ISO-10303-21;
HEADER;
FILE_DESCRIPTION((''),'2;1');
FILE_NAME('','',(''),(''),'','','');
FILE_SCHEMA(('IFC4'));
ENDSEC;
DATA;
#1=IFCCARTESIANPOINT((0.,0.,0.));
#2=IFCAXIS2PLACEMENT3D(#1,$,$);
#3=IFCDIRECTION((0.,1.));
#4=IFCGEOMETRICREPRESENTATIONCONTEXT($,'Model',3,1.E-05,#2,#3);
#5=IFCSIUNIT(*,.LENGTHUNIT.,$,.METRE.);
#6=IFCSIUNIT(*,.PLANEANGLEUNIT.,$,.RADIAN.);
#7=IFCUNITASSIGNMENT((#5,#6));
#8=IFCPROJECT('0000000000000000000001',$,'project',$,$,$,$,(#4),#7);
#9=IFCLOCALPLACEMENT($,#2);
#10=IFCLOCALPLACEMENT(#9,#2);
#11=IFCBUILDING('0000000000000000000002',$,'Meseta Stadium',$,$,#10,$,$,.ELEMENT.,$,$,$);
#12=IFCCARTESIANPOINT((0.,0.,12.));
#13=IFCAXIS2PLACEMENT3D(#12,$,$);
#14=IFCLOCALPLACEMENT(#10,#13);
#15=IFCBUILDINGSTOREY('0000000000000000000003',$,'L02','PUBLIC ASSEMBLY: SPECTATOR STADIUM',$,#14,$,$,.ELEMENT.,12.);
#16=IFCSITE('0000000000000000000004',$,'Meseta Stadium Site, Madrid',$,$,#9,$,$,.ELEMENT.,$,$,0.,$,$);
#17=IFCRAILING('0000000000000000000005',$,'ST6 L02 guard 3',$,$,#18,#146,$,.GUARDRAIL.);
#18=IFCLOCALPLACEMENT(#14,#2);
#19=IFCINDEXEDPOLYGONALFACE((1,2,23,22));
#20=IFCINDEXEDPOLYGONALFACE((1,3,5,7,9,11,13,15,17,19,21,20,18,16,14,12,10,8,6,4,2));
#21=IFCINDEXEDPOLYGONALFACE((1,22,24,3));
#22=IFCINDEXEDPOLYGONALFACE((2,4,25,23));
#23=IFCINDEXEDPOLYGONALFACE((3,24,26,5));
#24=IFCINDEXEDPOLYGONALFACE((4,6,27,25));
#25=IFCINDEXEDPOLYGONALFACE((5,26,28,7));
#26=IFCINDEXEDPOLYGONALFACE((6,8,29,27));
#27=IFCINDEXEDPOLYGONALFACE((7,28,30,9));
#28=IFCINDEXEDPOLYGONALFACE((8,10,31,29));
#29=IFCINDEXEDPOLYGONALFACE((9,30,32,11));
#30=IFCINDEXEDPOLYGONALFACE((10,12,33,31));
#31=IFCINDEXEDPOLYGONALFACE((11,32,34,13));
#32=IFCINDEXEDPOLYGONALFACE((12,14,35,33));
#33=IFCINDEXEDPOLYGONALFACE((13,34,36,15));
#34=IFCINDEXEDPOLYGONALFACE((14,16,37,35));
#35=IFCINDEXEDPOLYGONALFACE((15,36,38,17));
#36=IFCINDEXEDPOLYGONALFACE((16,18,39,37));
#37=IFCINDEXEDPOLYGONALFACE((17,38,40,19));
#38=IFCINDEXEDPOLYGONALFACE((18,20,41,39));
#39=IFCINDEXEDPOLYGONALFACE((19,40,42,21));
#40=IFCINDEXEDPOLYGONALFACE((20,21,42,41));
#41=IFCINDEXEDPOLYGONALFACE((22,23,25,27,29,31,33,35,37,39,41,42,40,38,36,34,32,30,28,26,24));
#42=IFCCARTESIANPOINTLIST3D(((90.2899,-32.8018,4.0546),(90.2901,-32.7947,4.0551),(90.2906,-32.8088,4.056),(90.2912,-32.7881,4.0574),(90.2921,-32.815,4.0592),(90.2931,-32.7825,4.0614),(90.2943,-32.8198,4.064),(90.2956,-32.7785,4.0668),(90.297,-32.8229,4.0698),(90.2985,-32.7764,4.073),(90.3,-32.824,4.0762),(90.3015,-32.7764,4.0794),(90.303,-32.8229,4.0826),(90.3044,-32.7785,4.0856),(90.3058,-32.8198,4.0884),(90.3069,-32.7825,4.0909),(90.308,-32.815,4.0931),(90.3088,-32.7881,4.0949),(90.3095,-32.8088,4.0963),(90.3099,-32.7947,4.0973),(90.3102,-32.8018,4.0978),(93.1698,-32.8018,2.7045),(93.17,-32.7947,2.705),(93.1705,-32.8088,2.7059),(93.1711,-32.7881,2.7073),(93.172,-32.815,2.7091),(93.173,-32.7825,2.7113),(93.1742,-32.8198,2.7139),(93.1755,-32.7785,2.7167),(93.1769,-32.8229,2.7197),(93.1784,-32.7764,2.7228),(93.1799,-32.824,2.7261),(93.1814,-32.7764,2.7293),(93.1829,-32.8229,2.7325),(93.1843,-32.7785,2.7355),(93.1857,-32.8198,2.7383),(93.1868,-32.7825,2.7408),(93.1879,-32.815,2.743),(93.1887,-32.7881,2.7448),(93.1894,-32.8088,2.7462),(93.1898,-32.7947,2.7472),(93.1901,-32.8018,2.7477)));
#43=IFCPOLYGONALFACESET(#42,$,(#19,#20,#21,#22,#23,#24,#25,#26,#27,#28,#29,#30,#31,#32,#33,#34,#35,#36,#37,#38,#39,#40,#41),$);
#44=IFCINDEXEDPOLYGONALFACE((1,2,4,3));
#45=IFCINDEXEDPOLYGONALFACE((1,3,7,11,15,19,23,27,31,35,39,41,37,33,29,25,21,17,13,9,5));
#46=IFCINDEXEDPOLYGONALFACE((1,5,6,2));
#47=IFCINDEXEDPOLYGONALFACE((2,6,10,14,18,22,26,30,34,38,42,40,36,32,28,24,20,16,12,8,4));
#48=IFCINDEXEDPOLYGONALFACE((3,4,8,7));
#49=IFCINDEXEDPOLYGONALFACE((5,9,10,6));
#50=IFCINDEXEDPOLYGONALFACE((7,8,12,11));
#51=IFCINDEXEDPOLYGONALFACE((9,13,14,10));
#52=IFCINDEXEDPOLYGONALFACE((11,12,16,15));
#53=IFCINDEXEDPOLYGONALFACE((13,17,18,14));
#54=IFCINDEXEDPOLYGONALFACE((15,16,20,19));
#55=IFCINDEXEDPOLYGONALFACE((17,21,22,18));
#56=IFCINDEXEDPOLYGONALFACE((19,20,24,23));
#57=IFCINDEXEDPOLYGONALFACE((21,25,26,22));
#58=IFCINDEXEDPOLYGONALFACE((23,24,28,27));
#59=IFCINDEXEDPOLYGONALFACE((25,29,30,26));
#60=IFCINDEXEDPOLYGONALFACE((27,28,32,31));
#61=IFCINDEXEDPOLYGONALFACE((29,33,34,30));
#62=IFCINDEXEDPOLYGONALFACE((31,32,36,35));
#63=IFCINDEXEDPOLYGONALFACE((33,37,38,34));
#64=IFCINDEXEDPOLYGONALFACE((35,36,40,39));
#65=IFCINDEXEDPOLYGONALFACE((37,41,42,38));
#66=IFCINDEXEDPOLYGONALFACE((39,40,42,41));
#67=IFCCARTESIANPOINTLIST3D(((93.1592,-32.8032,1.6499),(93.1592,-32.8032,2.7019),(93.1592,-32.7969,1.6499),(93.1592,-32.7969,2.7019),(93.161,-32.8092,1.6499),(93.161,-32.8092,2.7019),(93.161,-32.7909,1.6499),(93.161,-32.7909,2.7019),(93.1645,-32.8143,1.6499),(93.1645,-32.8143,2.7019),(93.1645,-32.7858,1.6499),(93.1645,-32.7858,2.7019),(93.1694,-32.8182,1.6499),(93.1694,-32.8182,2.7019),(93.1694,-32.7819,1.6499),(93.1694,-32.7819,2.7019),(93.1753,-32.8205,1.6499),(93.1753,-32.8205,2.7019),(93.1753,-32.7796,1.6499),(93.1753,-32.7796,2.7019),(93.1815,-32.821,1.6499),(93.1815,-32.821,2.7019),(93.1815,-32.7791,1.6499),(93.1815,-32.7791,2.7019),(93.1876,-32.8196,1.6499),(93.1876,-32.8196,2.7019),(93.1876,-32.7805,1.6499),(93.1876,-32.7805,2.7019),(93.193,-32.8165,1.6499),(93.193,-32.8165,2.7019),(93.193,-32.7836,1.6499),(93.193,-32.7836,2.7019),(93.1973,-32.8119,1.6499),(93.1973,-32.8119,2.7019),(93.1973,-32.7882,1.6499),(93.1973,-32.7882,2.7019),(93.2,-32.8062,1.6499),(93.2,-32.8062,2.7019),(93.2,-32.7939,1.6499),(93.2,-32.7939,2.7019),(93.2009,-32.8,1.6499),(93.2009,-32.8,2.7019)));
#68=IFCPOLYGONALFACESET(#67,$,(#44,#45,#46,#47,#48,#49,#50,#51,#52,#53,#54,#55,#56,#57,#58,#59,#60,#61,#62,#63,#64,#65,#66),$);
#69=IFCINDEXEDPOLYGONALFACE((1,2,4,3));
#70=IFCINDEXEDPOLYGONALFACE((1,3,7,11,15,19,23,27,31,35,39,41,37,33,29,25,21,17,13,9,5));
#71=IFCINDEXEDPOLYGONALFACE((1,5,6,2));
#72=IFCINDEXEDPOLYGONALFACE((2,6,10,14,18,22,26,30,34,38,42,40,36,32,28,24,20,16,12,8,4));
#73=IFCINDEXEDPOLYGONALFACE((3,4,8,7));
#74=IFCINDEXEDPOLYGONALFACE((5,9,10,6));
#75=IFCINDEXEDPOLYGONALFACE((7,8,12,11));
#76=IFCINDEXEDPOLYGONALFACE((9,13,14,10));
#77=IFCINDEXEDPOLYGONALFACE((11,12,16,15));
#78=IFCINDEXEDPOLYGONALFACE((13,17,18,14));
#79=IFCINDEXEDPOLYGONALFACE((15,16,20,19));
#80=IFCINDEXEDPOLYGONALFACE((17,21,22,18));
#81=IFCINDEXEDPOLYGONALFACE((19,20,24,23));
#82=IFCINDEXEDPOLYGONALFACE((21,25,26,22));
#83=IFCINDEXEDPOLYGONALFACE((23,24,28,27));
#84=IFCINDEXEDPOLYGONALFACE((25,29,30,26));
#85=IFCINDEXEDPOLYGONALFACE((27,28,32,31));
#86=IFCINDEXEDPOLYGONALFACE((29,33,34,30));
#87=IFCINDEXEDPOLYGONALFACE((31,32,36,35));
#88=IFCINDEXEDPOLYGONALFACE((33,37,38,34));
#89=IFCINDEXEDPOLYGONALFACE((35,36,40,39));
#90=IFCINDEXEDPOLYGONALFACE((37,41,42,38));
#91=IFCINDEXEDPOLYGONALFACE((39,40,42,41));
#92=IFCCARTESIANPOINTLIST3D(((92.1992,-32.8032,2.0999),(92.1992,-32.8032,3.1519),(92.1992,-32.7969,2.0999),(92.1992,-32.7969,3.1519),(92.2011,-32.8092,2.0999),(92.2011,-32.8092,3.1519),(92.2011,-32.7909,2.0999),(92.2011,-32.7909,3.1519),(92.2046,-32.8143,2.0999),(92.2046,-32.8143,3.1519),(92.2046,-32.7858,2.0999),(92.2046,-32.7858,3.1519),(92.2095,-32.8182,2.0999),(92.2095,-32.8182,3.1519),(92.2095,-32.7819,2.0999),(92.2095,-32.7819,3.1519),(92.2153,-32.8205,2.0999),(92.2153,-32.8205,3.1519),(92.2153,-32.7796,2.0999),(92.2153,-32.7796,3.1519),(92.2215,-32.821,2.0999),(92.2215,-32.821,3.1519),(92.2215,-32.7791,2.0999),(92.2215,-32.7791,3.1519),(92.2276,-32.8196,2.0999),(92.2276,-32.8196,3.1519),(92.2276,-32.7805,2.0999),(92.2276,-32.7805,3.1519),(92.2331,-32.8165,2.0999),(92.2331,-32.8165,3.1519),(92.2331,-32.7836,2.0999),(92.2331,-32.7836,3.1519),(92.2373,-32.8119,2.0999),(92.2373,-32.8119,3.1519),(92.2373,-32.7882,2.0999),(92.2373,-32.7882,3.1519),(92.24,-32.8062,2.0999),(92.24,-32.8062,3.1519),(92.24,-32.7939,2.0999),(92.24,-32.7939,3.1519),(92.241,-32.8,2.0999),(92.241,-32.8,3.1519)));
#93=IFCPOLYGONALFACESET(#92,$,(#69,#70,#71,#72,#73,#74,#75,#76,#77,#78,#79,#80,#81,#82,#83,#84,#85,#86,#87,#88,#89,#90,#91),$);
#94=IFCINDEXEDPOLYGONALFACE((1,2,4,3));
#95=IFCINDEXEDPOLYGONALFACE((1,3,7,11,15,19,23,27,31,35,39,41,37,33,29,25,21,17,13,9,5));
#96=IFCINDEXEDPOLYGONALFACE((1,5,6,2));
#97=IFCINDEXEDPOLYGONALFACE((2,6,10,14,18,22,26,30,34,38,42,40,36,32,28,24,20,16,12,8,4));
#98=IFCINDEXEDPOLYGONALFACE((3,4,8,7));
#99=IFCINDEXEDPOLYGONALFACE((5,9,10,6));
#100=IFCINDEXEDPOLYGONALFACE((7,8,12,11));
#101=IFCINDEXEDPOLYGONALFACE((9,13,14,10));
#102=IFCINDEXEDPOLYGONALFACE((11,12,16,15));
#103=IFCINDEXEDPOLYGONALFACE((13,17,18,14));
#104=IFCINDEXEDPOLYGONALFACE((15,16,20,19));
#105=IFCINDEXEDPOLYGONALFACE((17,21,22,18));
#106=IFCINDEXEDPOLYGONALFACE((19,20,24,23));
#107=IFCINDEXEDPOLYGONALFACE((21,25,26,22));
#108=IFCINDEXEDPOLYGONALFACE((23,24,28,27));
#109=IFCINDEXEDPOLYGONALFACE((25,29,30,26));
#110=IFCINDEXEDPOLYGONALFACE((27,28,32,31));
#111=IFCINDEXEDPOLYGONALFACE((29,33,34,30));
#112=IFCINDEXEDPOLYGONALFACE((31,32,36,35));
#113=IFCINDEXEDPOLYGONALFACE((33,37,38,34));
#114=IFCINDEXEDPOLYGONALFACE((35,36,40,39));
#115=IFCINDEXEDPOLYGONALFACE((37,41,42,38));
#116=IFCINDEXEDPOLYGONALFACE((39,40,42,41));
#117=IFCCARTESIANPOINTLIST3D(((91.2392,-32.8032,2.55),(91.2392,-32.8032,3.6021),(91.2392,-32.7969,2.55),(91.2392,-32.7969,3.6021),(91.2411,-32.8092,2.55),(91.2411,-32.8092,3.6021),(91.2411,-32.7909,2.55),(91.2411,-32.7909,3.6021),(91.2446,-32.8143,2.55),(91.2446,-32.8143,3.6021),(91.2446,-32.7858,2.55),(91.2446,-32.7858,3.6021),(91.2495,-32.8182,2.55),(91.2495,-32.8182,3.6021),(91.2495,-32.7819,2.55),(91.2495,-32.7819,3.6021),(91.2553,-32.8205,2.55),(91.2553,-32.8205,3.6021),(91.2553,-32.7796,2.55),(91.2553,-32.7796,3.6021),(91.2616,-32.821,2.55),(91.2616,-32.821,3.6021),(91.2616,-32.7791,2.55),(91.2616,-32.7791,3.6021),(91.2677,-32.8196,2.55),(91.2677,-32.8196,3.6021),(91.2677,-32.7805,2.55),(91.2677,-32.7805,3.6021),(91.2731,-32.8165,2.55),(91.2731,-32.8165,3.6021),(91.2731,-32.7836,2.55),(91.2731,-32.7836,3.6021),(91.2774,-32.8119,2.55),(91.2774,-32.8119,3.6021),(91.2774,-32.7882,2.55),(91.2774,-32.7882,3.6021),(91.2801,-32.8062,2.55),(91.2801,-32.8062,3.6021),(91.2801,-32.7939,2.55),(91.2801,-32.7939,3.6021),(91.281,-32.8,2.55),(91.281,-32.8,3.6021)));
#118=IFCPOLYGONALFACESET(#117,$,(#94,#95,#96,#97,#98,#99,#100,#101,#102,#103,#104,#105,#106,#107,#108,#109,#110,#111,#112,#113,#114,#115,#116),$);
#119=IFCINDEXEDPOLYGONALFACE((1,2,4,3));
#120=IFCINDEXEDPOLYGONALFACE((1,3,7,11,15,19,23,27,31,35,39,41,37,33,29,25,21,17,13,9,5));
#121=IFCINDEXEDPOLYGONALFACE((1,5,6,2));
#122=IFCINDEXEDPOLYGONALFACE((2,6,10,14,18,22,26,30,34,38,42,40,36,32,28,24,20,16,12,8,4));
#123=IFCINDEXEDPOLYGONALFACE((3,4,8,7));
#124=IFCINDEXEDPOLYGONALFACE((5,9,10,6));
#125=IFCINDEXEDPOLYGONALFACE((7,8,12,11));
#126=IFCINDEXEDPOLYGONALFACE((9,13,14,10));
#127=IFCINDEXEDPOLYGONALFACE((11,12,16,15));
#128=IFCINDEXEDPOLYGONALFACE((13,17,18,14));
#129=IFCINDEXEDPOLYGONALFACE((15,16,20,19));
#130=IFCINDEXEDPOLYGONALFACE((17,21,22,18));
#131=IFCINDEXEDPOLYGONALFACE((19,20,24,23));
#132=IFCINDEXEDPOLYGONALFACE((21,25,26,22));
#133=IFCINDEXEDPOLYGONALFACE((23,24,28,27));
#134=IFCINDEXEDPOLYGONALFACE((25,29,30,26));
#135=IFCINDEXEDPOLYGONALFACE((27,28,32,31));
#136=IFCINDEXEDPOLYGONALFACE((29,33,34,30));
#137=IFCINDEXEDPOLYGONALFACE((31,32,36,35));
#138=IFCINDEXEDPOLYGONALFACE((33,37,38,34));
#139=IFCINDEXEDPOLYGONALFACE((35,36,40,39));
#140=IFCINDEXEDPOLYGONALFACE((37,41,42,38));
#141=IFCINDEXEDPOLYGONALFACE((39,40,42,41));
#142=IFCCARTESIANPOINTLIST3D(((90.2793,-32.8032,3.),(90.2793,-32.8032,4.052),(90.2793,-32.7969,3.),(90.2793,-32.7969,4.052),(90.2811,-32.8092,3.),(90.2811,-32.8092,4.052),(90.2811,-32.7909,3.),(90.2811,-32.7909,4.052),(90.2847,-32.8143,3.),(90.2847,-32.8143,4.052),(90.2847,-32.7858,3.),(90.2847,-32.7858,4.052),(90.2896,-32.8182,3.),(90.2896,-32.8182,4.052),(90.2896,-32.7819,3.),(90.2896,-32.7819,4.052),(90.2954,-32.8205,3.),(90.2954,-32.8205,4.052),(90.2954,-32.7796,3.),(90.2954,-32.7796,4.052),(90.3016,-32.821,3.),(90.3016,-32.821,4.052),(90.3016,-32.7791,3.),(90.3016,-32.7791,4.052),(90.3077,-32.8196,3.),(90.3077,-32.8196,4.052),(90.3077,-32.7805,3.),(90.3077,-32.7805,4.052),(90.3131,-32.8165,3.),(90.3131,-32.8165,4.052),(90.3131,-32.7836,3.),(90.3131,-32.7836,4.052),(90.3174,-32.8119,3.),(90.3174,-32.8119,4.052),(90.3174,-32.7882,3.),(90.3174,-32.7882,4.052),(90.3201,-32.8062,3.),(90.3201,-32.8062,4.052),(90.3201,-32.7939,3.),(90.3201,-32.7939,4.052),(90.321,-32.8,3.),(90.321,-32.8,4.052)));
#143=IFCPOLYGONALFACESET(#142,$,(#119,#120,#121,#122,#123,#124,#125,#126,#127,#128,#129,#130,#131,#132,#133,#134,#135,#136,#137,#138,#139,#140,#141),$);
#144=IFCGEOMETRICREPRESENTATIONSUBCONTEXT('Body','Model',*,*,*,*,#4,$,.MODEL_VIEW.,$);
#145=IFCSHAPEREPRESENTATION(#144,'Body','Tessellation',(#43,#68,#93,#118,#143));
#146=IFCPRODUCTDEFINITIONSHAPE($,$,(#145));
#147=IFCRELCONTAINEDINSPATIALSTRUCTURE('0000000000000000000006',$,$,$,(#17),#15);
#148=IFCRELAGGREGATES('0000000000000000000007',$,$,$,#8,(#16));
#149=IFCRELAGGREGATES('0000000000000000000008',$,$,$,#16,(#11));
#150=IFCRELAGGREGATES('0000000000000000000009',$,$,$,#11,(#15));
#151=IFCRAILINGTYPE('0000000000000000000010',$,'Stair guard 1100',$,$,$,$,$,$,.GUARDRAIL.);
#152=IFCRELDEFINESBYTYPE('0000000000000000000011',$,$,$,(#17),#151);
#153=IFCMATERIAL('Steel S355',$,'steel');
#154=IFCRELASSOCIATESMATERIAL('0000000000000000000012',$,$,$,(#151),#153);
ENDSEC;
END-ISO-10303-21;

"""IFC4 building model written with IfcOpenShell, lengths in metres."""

from ifc_helpers import new_model, si_unit, direction, frame, origin, origin_2d, place, context, subcontext, project, spatial, circle, extrude, material, type_object, element, save


model = new_model("IFC4")

# Units and contexts
model_context = context("Model", 3, precision=1e-05, world=origin(), true_north=direction((0.0, 1.0)))
body_context = subcontext(model_context, "Body", "Model", "MODEL_VIEW")
ifc_project = project(units=[si_unit("LENGTHUNIT", "METRE"), si_unit("PLANEANGLEUNIT", "RADIAN")], contexts=[model_context])

# Site, building, storey
site_placement = place(None, origin())
site = spatial("IfcSite", under=ifc_project, at=site_placement, Name="Meseta Stadium Site, Madrid", CompositionType="ELEMENT", RefElevation=0.0)
building_placement = place(site_placement, origin())
building = spatial("IfcBuilding", under=site, at=building_placement, Name="Meseta Stadium", CompositionType="ELEMENT")
storey_placement = place(building_placement, frame((0.0, 0.0, 12.0)))
storey = spatial("IfcBuildingStorey", under=building, at=storey_placement, Name="L02", Description="PUBLIC ASSEMBLY: SPECTATOR STADIUM", CompositionType="ELEMENT", Elevation=12.0)

# Railing
ifc_material_1 = material(Name="Steel S355", Category="steel")
railing_type_1 = type_object("IfcRailingType", Name="Stair guard 1100", PredefinedType="GUARDRAIL", material=ifc_material_1)
railing_1_placement = place(storey_placement, frame((93.1799, -32.8, 1.6499)))
element("IfcRailing", 1, at=railing_1_placement, inside=storey, type_object=railing_type_1, Name="ST6 L02 guard 3", PredefinedType="GUARDRAIL", context=body_context, shape_type="SweptSolid", body=[
    extrude(circle(Radius=0.0239, at=origin_2d()), frame((0.0, 0.0, 1.0762), z_axis=(-0.90544, 0.0, 0.424473), x_axis=(0.0, -1.0, 0.0)), (0.0, 0.0, 1.0), 3.1807),
    extrude(circle(Radius=0.021, at=origin_2d()), origin(), (0.0, 0.0, 1.0), 1.052),
    extrude(circle(Radius=0.021, at=origin_2d()), frame((-0.96, 0.0, 0.45)), (0.0, 0.0, 1.0), 1.052),
    extrude(circle(Radius=0.021, at=origin_2d()), frame((-1.9199, 0.0, 0.9001)), (0.0, 0.0, 1.0), 1.052),
    extrude(circle(Radius=0.021, at=origin_2d()), frame((-2.8799, 0.0, 1.3501)), (0.0, 0.0, 1.0), 1.052),
])

save(model, "model.ifc")
